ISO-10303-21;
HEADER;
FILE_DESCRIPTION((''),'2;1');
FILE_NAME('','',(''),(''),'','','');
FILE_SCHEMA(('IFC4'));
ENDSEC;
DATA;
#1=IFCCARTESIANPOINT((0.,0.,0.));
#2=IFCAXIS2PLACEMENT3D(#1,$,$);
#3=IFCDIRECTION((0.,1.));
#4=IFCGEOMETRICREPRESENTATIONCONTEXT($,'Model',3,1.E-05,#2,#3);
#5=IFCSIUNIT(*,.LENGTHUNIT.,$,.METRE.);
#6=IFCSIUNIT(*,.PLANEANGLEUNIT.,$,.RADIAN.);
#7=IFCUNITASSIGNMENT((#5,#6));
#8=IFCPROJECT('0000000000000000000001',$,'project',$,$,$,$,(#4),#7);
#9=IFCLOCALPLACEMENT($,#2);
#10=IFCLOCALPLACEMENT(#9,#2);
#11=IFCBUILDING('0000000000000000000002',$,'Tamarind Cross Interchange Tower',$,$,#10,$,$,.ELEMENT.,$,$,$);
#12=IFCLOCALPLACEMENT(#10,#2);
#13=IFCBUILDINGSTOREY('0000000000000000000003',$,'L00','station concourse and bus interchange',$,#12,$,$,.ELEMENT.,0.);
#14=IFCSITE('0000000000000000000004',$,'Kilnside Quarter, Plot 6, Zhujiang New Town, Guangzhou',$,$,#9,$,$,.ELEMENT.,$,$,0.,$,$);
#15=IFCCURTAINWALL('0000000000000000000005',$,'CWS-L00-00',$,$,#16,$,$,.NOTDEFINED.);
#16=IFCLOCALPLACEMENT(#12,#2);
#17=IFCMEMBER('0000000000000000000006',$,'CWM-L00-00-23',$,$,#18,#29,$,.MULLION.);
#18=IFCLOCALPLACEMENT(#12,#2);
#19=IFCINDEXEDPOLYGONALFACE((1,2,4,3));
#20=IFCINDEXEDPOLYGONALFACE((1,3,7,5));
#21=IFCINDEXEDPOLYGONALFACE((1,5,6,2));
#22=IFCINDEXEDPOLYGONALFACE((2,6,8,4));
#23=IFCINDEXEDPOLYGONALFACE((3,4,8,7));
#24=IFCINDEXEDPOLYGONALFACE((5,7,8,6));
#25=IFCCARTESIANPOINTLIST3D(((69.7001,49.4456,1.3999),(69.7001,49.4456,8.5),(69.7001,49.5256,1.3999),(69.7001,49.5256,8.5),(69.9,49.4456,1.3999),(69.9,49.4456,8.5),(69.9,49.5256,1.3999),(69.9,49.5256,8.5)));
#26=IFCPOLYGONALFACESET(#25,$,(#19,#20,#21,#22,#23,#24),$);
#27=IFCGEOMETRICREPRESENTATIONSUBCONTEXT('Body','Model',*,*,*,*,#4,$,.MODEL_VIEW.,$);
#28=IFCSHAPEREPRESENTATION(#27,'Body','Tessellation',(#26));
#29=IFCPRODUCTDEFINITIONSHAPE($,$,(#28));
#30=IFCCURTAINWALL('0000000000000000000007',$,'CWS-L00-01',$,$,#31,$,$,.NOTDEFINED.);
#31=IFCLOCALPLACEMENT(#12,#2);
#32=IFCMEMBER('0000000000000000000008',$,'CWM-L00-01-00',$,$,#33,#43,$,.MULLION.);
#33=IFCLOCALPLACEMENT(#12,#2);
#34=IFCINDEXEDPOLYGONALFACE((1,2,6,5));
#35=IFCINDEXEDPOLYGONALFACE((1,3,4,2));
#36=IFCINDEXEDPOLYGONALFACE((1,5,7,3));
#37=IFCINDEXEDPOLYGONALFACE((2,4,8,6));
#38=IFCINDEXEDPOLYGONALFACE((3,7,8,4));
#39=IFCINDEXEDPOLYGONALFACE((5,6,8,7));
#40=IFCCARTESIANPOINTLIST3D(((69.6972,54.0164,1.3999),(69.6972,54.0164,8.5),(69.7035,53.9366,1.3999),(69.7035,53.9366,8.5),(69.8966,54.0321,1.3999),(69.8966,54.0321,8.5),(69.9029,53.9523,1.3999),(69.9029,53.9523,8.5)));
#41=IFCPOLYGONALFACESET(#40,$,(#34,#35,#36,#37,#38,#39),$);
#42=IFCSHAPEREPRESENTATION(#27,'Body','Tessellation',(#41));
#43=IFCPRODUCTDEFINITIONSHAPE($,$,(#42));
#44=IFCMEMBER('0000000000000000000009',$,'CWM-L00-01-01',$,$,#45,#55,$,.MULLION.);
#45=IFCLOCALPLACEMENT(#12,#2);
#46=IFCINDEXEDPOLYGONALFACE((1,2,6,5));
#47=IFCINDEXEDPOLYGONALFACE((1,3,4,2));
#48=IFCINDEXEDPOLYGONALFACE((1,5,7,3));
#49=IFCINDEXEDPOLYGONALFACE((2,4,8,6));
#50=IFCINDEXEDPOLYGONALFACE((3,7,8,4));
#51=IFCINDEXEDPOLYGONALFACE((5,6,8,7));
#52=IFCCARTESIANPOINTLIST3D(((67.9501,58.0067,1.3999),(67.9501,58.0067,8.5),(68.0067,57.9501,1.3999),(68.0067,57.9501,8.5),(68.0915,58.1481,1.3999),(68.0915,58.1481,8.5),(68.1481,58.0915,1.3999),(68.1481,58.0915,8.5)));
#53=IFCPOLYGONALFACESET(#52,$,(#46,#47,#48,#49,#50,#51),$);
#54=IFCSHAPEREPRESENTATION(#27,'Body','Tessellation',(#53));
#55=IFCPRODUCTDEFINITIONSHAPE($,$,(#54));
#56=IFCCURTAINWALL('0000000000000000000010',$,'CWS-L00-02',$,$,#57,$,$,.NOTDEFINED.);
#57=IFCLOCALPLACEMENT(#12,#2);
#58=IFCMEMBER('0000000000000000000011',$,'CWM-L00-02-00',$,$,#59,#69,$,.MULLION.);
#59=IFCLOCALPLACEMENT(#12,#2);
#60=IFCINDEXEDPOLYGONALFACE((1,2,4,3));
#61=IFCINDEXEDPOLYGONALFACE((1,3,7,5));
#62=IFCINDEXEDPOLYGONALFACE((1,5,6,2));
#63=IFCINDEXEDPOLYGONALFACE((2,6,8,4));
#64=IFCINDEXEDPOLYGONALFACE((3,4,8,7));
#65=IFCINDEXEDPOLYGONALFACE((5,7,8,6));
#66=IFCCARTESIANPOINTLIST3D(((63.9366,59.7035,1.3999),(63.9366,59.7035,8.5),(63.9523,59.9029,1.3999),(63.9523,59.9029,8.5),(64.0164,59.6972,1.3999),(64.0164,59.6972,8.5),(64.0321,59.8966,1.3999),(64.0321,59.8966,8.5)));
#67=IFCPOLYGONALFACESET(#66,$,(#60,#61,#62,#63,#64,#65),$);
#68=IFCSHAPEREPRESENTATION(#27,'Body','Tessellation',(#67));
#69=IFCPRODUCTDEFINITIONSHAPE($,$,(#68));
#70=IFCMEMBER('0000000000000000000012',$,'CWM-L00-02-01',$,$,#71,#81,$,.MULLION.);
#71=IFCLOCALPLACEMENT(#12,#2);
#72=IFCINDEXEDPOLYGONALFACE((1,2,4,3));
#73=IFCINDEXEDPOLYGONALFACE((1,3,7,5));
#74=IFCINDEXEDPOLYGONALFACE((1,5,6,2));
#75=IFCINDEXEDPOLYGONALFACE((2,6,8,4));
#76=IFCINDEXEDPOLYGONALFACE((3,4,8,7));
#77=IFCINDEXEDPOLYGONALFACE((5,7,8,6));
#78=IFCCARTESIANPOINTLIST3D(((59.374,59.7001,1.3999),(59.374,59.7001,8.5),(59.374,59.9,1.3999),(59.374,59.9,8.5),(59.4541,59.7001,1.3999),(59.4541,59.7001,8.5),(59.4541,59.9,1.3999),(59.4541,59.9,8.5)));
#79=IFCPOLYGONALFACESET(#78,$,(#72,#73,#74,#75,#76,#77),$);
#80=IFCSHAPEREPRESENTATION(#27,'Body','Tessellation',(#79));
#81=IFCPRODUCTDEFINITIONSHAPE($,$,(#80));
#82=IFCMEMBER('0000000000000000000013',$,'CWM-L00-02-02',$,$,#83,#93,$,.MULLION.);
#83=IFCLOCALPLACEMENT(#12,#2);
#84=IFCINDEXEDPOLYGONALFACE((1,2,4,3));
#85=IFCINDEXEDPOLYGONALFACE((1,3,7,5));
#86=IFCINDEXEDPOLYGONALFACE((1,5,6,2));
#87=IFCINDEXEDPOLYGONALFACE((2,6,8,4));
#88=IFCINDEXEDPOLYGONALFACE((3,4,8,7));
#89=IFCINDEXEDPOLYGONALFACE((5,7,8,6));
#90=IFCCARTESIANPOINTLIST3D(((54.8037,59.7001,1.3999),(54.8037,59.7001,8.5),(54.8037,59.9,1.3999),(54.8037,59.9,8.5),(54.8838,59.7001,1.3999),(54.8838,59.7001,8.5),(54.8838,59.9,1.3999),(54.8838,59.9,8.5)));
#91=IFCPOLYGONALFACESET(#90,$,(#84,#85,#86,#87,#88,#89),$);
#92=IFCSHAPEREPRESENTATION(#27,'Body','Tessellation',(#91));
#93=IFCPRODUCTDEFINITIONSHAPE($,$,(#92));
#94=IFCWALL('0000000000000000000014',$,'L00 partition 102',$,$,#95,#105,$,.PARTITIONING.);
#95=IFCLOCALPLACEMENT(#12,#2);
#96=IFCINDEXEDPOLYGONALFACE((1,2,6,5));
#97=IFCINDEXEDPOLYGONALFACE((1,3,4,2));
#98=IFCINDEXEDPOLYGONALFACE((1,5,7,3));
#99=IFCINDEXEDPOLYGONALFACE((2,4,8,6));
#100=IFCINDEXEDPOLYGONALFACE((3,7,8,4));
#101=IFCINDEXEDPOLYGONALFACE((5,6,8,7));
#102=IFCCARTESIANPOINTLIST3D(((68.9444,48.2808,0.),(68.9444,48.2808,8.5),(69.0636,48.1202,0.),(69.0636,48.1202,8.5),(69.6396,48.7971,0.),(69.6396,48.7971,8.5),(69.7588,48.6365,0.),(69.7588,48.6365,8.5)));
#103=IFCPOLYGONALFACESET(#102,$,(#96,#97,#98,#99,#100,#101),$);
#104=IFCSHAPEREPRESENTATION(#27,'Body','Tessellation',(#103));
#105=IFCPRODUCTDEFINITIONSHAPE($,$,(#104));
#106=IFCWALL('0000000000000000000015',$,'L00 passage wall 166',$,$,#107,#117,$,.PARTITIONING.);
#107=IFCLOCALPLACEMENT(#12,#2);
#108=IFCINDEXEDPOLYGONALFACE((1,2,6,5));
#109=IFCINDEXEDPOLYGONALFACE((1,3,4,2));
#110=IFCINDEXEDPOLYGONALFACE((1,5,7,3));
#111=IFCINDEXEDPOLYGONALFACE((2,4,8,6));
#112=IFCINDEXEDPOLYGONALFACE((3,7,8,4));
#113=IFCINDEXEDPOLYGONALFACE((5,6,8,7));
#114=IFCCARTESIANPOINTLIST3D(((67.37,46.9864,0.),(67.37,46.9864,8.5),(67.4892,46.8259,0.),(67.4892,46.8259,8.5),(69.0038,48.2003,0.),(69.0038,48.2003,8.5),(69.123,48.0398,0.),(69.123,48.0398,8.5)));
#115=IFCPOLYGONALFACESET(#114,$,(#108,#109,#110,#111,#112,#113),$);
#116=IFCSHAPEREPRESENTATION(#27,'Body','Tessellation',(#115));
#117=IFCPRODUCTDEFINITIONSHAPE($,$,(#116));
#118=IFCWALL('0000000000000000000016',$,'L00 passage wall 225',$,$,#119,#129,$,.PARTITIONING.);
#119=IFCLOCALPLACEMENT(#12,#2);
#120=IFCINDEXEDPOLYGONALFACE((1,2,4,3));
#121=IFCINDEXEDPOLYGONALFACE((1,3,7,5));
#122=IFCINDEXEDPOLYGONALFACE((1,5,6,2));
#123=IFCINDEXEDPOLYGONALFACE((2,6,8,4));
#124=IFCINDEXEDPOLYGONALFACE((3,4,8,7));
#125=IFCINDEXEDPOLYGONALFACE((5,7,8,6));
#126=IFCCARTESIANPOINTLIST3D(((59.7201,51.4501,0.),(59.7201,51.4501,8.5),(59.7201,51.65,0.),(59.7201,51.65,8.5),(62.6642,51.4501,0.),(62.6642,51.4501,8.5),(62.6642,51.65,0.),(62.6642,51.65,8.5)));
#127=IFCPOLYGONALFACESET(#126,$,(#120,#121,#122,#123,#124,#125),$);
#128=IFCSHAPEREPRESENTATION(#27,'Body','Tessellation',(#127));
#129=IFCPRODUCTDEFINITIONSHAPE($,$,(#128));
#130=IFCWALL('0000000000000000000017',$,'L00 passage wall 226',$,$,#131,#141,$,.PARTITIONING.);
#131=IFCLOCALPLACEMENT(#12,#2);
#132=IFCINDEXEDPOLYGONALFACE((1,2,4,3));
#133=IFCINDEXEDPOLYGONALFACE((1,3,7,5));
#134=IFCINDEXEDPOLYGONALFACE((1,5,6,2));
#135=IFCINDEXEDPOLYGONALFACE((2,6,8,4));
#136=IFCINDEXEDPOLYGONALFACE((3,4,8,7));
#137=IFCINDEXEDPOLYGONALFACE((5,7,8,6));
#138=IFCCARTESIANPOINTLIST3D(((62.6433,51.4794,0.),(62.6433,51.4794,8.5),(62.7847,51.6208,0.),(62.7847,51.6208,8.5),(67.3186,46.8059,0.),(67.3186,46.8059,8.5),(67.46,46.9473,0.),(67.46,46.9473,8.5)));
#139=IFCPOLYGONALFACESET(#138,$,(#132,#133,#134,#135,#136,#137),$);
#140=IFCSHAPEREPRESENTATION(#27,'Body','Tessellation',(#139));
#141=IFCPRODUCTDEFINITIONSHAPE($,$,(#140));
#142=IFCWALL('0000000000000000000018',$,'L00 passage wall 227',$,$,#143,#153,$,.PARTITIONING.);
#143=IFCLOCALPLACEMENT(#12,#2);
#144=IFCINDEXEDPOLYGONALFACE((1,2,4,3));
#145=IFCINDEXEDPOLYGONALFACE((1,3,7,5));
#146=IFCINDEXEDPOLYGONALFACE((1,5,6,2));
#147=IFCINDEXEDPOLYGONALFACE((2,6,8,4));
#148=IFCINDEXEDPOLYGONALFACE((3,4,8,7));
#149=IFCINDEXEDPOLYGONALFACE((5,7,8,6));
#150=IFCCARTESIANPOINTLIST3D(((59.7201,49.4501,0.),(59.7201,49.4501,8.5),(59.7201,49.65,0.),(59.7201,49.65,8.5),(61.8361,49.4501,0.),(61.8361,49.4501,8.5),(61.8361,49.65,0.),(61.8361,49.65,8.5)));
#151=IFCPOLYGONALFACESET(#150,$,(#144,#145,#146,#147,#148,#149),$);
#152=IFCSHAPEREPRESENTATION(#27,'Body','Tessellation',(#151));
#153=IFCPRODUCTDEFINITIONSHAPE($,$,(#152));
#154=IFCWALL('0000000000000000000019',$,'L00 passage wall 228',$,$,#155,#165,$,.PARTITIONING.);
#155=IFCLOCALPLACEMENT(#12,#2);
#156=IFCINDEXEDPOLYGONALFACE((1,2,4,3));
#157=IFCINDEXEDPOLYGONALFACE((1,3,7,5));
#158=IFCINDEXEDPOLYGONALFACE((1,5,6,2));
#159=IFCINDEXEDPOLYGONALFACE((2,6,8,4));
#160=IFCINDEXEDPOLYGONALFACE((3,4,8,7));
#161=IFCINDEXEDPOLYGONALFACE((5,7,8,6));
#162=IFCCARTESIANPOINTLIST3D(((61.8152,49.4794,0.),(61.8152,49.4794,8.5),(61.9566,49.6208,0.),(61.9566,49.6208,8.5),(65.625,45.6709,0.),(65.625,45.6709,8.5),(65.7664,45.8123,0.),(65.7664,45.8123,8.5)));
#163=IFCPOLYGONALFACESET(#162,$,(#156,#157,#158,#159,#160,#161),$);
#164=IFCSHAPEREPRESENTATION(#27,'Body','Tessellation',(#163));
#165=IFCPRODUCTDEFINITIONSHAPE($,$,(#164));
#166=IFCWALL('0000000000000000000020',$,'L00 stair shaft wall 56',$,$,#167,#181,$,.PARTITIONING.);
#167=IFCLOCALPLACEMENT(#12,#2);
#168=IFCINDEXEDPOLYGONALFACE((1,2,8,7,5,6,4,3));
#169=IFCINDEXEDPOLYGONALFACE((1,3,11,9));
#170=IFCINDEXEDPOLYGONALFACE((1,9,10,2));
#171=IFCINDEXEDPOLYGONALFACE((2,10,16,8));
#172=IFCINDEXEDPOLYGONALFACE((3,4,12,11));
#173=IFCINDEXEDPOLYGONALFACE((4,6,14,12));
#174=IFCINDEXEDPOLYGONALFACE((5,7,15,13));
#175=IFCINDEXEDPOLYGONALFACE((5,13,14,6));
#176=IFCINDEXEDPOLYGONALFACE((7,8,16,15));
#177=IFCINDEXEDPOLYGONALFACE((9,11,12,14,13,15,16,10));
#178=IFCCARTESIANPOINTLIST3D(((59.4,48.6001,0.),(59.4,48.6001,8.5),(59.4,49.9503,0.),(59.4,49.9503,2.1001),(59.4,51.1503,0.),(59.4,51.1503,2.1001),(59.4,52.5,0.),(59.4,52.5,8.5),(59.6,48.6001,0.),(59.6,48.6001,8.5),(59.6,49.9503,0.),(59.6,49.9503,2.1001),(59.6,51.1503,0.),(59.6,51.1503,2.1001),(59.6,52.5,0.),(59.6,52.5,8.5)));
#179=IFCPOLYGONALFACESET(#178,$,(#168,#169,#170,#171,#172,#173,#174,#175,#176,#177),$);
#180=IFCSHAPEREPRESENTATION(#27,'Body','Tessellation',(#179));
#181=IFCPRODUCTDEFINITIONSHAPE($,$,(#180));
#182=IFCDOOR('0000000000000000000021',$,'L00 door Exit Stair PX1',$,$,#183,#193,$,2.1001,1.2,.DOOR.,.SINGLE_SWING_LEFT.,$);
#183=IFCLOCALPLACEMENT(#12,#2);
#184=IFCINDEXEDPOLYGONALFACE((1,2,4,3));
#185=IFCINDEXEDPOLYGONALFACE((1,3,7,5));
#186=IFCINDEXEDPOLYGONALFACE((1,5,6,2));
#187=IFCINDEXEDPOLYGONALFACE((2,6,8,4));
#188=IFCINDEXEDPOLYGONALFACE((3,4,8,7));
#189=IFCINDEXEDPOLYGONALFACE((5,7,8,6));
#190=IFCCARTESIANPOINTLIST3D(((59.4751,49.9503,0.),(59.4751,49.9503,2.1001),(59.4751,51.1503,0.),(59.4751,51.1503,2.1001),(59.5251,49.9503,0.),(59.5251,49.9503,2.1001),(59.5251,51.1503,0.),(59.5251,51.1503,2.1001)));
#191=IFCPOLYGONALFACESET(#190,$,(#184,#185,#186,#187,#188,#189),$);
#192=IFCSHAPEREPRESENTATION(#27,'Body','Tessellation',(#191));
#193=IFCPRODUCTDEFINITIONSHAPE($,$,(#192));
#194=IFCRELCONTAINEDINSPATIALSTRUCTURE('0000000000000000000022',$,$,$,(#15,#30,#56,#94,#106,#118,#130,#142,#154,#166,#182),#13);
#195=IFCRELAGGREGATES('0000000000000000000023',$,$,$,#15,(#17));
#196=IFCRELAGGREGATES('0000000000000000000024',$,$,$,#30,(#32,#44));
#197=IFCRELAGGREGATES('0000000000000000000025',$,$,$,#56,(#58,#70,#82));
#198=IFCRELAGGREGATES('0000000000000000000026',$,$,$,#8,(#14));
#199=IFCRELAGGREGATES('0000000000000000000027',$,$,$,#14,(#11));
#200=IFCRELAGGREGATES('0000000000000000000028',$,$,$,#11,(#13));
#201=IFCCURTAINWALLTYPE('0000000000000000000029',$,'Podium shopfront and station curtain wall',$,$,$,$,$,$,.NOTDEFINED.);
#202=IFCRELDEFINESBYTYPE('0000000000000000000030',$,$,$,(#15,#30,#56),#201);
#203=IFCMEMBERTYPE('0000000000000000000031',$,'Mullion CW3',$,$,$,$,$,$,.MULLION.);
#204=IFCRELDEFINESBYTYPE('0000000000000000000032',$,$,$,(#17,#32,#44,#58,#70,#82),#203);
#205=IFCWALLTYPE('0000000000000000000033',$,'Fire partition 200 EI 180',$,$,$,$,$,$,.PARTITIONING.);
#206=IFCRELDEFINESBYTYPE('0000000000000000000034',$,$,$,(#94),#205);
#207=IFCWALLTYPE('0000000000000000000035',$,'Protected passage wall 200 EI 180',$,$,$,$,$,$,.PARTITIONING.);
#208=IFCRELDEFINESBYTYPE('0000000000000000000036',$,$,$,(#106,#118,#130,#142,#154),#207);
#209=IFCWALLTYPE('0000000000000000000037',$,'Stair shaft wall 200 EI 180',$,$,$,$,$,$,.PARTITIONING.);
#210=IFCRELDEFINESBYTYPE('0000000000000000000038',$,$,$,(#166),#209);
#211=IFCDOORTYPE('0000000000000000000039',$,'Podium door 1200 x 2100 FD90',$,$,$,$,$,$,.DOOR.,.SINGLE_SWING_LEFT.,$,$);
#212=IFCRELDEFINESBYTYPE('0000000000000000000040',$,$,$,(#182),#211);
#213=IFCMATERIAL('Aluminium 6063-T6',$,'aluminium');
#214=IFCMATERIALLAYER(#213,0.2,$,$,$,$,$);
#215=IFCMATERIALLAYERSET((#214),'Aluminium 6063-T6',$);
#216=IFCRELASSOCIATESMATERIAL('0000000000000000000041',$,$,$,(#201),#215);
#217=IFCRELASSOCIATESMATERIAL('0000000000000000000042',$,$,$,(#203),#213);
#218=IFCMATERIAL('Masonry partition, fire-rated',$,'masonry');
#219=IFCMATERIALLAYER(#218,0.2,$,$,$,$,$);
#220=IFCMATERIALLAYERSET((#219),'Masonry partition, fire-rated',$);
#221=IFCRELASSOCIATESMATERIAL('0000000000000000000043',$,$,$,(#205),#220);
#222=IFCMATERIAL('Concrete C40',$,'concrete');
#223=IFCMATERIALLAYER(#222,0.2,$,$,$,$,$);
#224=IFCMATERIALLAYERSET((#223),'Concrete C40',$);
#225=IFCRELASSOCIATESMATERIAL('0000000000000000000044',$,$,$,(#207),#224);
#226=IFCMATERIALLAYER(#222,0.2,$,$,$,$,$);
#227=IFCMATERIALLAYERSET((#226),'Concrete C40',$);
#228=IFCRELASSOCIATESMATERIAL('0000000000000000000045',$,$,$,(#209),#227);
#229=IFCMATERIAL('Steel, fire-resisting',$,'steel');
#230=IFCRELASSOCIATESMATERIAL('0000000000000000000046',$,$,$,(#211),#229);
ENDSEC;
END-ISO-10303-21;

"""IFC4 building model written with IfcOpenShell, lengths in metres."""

from ifc_helpers import new_model, si_unit, direction, frame, frame_2d, origin, origin_2d, place, context, subcontext, project, spatial, rectangle, extrude, material, layer, layer_set, material_profile, profile_set, type_object, element, fill, aggregate, save


model = new_model("IFC4")

# Units and contexts
model_context = context("Model", 3, precision=1e-05, world=origin(), true_north=direction((0.0, 1.0)))
body_context = subcontext(model_context, "Body", "Model", "MODEL_VIEW")
ifc_project = project(units=[si_unit("LENGTHUNIT", "METRE"), si_unit("PLANEANGLEUNIT", "RADIAN")], contexts=[model_context])

# Site, building, storey
site_placement = place(None, origin())
site = spatial("IfcSite", under=ifc_project, at=site_placement, Name="Kilnside Quarter, Plot 6, Zhujiang New Town, Guangzhou", CompositionType="ELEMENT", RefElevation=0.0)
building_placement = place(site_placement, origin())
building = spatial("IfcBuilding", under=site, at=building_placement, Name="Tamarind Cross Interchange Tower", CompositionType="ELEMENT")
storey_placement = place(building_placement, origin())
storey = spatial("IfcBuildingStorey", under=building, at=storey_placement, Name="L00", Description="station concourse and bus interchange", CompositionType="ELEMENT", Elevation=0.0)

# Curtain wall, member
ifc_material_1 = material(Name="Aluminium 6063-T6", Category="aluminium")
ifc_layer_1 = layer(ifc_material_1, 0.2)
ifc_layer_set_1 = layer_set([ifc_layer_1], Name="Aluminium 6063-T6")
curtain_wall_type = type_object("IfcCurtainWallType", Name="Podium shopfront and station curtain wall", PredefinedType="NOTDEFINED", material=ifc_layer_set_1)
curtain_wall_1_placement = place(storey_placement, origin())
curtain_wall_1 = element("IfcCurtainWall", 1, at=curtain_wall_1_placement, inside=storey, type_object=curtain_wall_type, Name="CWS-L00-00", PredefinedType="NOTDEFINED")
ifc_material_profile = material_profile(ifc_material_1, rectangle(XDim=0.0801, YDim=0.2, at=origin_2d()), Name="Mullion CW3")
ifc_profile_set = profile_set([ifc_material_profile], Name="Aluminium 6063-T6")
member_type = type_object("IfcMemberType", Name="Mullion CW3", PredefinedType="MULLION", material=ifc_profile_set)
member_1_placement = place(storey_placement, frame((69.8, 49.4856, 1.3999), z_axis=(0.0, 0.0, 1.0), x_axis=(0.0, 1.0, 0.0)))
member_1 = element("IfcMember", 2, at=member_1_placement, type_object=member_type, Name="CWM-L00-00-23", PredefinedType="MULLION", context=body_context, shape_type="SweptSolid", body=[
    extrude(rectangle(XDim=0.0801, YDim=0.2, at=origin_2d()), origin(), (0.0, 0.0, 1.0), 7.1001),
])
aggregate(curtain_wall_1, [member_1])

# Curtain walls, members
curtain_wall_2_placement = place(storey_placement, origin())
curtain_wall_2 = element("IfcCurtainWall", 3, at=curtain_wall_2_placement, inside=storey, type_object=curtain_wall_type, Name="CWS-L00-01", PredefinedType="NOTDEFINED")
member_2_placement = place(storey_placement, frame((69.8, 53.9844, 1.3999), z_axis=(0.0, 0.0, 1.0), x_axis=(-0.078459, 0.996917, 0.0)))
member_2 = element("IfcMember", 4, at=member_2_placement, type_object=member_type, Name="CWM-L00-01-00", PredefinedType="MULLION", context=body_context, shape_type="SweptSolid", body=[
    extrude(rectangle(XDim=0.0801, YDim=0.2, at=origin_2d()), origin(), (0.0, 0.0, 1.0), 7.1001),
])
member_3_placement = place(storey_placement, frame((68.0491, 58.0491, 1.3999), z_axis=(0.0, 0.0, 1.0), x_axis=(-0.707107, 0.707107, 0.0)))
member_3 = element("IfcMember", 5, at=member_3_placement, type_object=member_type, Name="CWM-L00-01-01", PredefinedType="MULLION", context=body_context, shape_type="SweptSolid", body=[
    extrude(rectangle(XDim=0.0801, YDim=0.2, at=origin_2d()), origin(), (0.0, 0.0, 1.0), 7.1001),
])
aggregate(curtain_wall_2, [member_2, member_3])
curtain_wall_3_placement = place(storey_placement, origin())
curtain_wall_3 = element("IfcCurtainWall", 6, at=curtain_wall_3_placement, inside=storey, type_object=curtain_wall_type, Name="CWS-L00-02", PredefinedType="NOTDEFINED")
member_4_placement = place(storey_placement, frame((63.9844, 59.8, 1.3999), z_axis=(0.0, 0.0, 1.0), x_axis=(-0.996917, 0.078459, 0.0)))
member_4 = element("IfcMember", 7, at=member_4_placement, type_object=member_type, Name="CWM-L00-02-00", PredefinedType="MULLION", context=body_context, shape_type="SweptSolid", body=[
    extrude(rectangle(XDim=0.0801, YDim=0.2, at=origin_2d()), origin(), (0.0, 0.0, 1.0), 7.1001),
])
member_5_placement = place(storey_placement, frame((59.4141, 59.8, 1.3999), z_axis=(0.0, 0.0, 1.0), x_axis=(-1.0, 0.0, 0.0)))
member_5 = element("IfcMember", 8, at=member_5_placement, type_object=member_type, Name="CWM-L00-02-01", PredefinedType="MULLION", context=body_context, shape_type="SweptSolid", body=[
    extrude(rectangle(XDim=0.0801, YDim=0.2, at=origin_2d()), origin(), (0.0, 0.0, 1.0), 7.1001),
])
member_6_placement = place(storey_placement, frame((54.8438, 59.8, 1.3999), z_axis=(0.0, 0.0, 1.0), x_axis=(-1.0, 0.0, 0.0)))
member_6 = element("IfcMember", 9, at=member_6_placement, type_object=member_type, Name="CWM-L00-02-02", PredefinedType="MULLION", context=body_context, shape_type="SweptSolid", body=[
    extrude(rectangle(XDim=0.0801, YDim=0.2, at=origin_2d()), origin(), (0.0, 0.0, 1.0), 7.1001),
])
aggregate(curtain_wall_3, [member_4, member_5, member_6])

# Walls
ifc_material_2 = material(Name="Masonry partition, fire-rated", Category="masonry")
ifc_layer_2 = layer(ifc_material_2, 0.2)
ifc_layer_set_2 = layer_set([ifc_layer_2], Name="Masonry partition, fire-rated")
wall_type_1 = type_object("IfcWallType", Name="Fire partition 200 EI 180", PredefinedType="PARTITIONING", material=ifc_layer_set_2)
wall_1_placement = place(storey_placement, frame((69.0039, 48.2004, 0.0), z_axis=(0.0, 0.0, 1.0), x_axis=(0.802833, 0.596205, 0.0)))
element("IfcWall", 10, at=wall_1_placement, inside=storey, type_object=wall_type_1, Name="L00 partition 102", PredefinedType="PARTITIONING", context=body_context, shape_type="SweptSolid", body=[
    extrude(rectangle(XDim=0.866, YDim=0.2, at=frame_2d((0.4331, 0.0))), origin(), (0.0, 0.0, 1.0), 8.5),
])
ifc_material_3 = material(Name="Concrete C40", Category="concrete")
ifc_layer_3 = layer(ifc_material_3, 0.2)
ifc_layer_set_3 = layer_set([ifc_layer_3], Name="Concrete C40")
wall_type_2 = type_object("IfcWallType", Name="Protected passage wall 200 EI 180", PredefinedType="PARTITIONING", material=ifc_layer_set_3)
wall_2_placement = place(storey_placement, frame((67.4297, 46.9062, 0.0), z_axis=(0.0, 0.0, 1.0), x_axis=(0.802698, 0.596386, 0.0)))
element("IfcWall", 11, at=wall_2_placement, inside=storey, type_object=wall_type_2, Name="L00 passage wall 166", PredefinedType="PARTITIONING", context=body_context, shape_type="SweptSolid", body=[
    extrude(rectangle(XDim=2.0354, YDim=0.2, at=frame_2d((1.0176, 0.0))), origin(), (0.0, 0.0, 1.0), 8.5),
])
wall_3_placement = place(storey_placement, frame((59.72, 51.55, 0.0), z_axis=(0.0, 0.0, 1.0), x_axis=(1.0, 0.0, 0.0)))
element("IfcWall", 12, at=wall_3_placement, inside=storey, type_object=wall_type_2, Name="L00 passage wall 225", PredefinedType="PARTITIONING", context=body_context, shape_type="SweptSolid", body=[
    extrude(rectangle(XDim=2.9441, YDim=0.2, at=frame_2d((1.4722, 0.0))), origin(), (0.0, 0.0, 1.0), 8.5),
])
wall_4_placement = place(storey_placement, frame((62.7141, 51.55, 0.0), z_axis=(0.0, 0.0, 1.0), x_axis=(0.707236, -0.706978, 0.0)))
element("IfcWall", 13, at=wall_4_placement, inside=storey, type_object=wall_type_2, Name="L00 passage wall 226", PredefinedType="PARTITIONING", context=body_context, shape_type="SweptSolid", body=[
    extrude(rectangle(XDim=6.6106, YDim=0.2, at=frame_2d((3.3052, 0.0))), origin(), (0.0, 0.0, 1.0), 8.5),
])
wall_5_placement = place(storey_placement, frame((59.72, 49.55, 0.0), z_axis=(0.0, 0.0, 1.0), x_axis=(1.0, 0.0, 0.0)))
element("IfcWall", 14, at=wall_5_placement, inside=storey, type_object=wall_type_2, Name="L00 passage wall 227", PredefinedType="PARTITIONING", context=body_context, shape_type="SweptSolid", body=[
    extrude(rectangle(XDim=2.116, YDim=0.2, at=frame_2d((1.0581, 0.0))), origin(), (0.0, 0.0, 1.0), 8.5),
])
wall_6_placement = place(storey_placement, frame((61.886, 49.55, 0.0), z_axis=(0.0, 0.0, 1.0), x_axis=(0.70722, -0.706993, 0.0)))
element("IfcWall", 15, at=wall_6_placement, inside=storey, type_object=wall_type_2, Name="L00 passage wall 228", PredefinedType="PARTITIONING", context=body_context, shape_type="SweptSolid", body=[
    extrude(rectangle(XDim=5.387, YDim=0.2, at=frame_2d((2.6934, 0.0))), origin(), (0.0, 0.0, 1.0), 8.5),
])

# Wall, opening, door
ifc_layer_4 = layer(ifc_material_3, 0.2)
ifc_layer_set_4 = layer_set([ifc_layer_4], Name="Concrete C40")
wall_type_3 = type_object("IfcWallType", Name="Stair shaft wall 200 EI 180", PredefinedType="PARTITIONING", material=ifc_layer_set_4)
wall_7_placement = place(storey_placement, frame((59.5, 48.6001, 0.0), z_axis=(0.0, 0.0, 1.0), x_axis=(0.0, 1.0, 0.0)))
wall_7 = element("IfcWall", 16, at=wall_7_placement, inside=storey, type_object=wall_type_3, Name="L00 stair shaft wall 56", PredefinedType="PARTITIONING", context=body_context, shape_type="SweptSolid", body=[
    extrude(rectangle(XDim=3.8999, YDim=0.2, at=frame_2d((1.95, 0.0))), origin(), (0.0, 0.0, 1.0), 8.5),
])
opening_placement = place(wall_7_placement, frame((1.3501, 0.0, 0.0)))
opening = element("IfcOpeningElement", 17, at=opening_placement, cuts=wall_7, PredefinedType="OPENING", context=body_context, shape_type="SweptSolid", body=[
    extrude(rectangle(XDim=1.2, YDim=2.1001, at=frame_2d((0.6001, 1.05))), frame((0.0, 0.1099, 0.0), z_axis=(0.0, -1.0, 0.0), x_axis=(1.0, 0.0, 0.0)), (0.0, 0.0, 1.0), 0.22),
])
ifc_material_4 = material(Name="Steel, fire-resisting", Category="steel")
door_type = type_object("IfcDoorType", Name="Podium door 1200 x 2100 FD90", OperationType="SINGLE_SWING_LEFT", PredefinedType="DOOR", material=ifc_material_4)
door_placement = place(opening_placement, origin())
door = element("IfcDoor", 18, at=door_placement, inside=storey, type_object=door_type, Name="L00 door Exit Stair PX1", OperationType="SINGLE_SWING_LEFT", OverallHeight=2.1001, OverallWidth=1.2, PredefinedType="DOOR", context=body_context, shape_type="SweptSolid", body=[
    extrude(rectangle(XDim=1.2, YDim=2.1001, at=frame_2d((0.6001, 1.05))), frame((0.0, 0.0249, 0.0), z_axis=(0.0, -1.0, 0.0), x_axis=(1.0, 0.0, 0.0)), (0.0, 0.0, 1.0), 0.05),
])
fill(opening, door)

save(model, "model.ifc")
